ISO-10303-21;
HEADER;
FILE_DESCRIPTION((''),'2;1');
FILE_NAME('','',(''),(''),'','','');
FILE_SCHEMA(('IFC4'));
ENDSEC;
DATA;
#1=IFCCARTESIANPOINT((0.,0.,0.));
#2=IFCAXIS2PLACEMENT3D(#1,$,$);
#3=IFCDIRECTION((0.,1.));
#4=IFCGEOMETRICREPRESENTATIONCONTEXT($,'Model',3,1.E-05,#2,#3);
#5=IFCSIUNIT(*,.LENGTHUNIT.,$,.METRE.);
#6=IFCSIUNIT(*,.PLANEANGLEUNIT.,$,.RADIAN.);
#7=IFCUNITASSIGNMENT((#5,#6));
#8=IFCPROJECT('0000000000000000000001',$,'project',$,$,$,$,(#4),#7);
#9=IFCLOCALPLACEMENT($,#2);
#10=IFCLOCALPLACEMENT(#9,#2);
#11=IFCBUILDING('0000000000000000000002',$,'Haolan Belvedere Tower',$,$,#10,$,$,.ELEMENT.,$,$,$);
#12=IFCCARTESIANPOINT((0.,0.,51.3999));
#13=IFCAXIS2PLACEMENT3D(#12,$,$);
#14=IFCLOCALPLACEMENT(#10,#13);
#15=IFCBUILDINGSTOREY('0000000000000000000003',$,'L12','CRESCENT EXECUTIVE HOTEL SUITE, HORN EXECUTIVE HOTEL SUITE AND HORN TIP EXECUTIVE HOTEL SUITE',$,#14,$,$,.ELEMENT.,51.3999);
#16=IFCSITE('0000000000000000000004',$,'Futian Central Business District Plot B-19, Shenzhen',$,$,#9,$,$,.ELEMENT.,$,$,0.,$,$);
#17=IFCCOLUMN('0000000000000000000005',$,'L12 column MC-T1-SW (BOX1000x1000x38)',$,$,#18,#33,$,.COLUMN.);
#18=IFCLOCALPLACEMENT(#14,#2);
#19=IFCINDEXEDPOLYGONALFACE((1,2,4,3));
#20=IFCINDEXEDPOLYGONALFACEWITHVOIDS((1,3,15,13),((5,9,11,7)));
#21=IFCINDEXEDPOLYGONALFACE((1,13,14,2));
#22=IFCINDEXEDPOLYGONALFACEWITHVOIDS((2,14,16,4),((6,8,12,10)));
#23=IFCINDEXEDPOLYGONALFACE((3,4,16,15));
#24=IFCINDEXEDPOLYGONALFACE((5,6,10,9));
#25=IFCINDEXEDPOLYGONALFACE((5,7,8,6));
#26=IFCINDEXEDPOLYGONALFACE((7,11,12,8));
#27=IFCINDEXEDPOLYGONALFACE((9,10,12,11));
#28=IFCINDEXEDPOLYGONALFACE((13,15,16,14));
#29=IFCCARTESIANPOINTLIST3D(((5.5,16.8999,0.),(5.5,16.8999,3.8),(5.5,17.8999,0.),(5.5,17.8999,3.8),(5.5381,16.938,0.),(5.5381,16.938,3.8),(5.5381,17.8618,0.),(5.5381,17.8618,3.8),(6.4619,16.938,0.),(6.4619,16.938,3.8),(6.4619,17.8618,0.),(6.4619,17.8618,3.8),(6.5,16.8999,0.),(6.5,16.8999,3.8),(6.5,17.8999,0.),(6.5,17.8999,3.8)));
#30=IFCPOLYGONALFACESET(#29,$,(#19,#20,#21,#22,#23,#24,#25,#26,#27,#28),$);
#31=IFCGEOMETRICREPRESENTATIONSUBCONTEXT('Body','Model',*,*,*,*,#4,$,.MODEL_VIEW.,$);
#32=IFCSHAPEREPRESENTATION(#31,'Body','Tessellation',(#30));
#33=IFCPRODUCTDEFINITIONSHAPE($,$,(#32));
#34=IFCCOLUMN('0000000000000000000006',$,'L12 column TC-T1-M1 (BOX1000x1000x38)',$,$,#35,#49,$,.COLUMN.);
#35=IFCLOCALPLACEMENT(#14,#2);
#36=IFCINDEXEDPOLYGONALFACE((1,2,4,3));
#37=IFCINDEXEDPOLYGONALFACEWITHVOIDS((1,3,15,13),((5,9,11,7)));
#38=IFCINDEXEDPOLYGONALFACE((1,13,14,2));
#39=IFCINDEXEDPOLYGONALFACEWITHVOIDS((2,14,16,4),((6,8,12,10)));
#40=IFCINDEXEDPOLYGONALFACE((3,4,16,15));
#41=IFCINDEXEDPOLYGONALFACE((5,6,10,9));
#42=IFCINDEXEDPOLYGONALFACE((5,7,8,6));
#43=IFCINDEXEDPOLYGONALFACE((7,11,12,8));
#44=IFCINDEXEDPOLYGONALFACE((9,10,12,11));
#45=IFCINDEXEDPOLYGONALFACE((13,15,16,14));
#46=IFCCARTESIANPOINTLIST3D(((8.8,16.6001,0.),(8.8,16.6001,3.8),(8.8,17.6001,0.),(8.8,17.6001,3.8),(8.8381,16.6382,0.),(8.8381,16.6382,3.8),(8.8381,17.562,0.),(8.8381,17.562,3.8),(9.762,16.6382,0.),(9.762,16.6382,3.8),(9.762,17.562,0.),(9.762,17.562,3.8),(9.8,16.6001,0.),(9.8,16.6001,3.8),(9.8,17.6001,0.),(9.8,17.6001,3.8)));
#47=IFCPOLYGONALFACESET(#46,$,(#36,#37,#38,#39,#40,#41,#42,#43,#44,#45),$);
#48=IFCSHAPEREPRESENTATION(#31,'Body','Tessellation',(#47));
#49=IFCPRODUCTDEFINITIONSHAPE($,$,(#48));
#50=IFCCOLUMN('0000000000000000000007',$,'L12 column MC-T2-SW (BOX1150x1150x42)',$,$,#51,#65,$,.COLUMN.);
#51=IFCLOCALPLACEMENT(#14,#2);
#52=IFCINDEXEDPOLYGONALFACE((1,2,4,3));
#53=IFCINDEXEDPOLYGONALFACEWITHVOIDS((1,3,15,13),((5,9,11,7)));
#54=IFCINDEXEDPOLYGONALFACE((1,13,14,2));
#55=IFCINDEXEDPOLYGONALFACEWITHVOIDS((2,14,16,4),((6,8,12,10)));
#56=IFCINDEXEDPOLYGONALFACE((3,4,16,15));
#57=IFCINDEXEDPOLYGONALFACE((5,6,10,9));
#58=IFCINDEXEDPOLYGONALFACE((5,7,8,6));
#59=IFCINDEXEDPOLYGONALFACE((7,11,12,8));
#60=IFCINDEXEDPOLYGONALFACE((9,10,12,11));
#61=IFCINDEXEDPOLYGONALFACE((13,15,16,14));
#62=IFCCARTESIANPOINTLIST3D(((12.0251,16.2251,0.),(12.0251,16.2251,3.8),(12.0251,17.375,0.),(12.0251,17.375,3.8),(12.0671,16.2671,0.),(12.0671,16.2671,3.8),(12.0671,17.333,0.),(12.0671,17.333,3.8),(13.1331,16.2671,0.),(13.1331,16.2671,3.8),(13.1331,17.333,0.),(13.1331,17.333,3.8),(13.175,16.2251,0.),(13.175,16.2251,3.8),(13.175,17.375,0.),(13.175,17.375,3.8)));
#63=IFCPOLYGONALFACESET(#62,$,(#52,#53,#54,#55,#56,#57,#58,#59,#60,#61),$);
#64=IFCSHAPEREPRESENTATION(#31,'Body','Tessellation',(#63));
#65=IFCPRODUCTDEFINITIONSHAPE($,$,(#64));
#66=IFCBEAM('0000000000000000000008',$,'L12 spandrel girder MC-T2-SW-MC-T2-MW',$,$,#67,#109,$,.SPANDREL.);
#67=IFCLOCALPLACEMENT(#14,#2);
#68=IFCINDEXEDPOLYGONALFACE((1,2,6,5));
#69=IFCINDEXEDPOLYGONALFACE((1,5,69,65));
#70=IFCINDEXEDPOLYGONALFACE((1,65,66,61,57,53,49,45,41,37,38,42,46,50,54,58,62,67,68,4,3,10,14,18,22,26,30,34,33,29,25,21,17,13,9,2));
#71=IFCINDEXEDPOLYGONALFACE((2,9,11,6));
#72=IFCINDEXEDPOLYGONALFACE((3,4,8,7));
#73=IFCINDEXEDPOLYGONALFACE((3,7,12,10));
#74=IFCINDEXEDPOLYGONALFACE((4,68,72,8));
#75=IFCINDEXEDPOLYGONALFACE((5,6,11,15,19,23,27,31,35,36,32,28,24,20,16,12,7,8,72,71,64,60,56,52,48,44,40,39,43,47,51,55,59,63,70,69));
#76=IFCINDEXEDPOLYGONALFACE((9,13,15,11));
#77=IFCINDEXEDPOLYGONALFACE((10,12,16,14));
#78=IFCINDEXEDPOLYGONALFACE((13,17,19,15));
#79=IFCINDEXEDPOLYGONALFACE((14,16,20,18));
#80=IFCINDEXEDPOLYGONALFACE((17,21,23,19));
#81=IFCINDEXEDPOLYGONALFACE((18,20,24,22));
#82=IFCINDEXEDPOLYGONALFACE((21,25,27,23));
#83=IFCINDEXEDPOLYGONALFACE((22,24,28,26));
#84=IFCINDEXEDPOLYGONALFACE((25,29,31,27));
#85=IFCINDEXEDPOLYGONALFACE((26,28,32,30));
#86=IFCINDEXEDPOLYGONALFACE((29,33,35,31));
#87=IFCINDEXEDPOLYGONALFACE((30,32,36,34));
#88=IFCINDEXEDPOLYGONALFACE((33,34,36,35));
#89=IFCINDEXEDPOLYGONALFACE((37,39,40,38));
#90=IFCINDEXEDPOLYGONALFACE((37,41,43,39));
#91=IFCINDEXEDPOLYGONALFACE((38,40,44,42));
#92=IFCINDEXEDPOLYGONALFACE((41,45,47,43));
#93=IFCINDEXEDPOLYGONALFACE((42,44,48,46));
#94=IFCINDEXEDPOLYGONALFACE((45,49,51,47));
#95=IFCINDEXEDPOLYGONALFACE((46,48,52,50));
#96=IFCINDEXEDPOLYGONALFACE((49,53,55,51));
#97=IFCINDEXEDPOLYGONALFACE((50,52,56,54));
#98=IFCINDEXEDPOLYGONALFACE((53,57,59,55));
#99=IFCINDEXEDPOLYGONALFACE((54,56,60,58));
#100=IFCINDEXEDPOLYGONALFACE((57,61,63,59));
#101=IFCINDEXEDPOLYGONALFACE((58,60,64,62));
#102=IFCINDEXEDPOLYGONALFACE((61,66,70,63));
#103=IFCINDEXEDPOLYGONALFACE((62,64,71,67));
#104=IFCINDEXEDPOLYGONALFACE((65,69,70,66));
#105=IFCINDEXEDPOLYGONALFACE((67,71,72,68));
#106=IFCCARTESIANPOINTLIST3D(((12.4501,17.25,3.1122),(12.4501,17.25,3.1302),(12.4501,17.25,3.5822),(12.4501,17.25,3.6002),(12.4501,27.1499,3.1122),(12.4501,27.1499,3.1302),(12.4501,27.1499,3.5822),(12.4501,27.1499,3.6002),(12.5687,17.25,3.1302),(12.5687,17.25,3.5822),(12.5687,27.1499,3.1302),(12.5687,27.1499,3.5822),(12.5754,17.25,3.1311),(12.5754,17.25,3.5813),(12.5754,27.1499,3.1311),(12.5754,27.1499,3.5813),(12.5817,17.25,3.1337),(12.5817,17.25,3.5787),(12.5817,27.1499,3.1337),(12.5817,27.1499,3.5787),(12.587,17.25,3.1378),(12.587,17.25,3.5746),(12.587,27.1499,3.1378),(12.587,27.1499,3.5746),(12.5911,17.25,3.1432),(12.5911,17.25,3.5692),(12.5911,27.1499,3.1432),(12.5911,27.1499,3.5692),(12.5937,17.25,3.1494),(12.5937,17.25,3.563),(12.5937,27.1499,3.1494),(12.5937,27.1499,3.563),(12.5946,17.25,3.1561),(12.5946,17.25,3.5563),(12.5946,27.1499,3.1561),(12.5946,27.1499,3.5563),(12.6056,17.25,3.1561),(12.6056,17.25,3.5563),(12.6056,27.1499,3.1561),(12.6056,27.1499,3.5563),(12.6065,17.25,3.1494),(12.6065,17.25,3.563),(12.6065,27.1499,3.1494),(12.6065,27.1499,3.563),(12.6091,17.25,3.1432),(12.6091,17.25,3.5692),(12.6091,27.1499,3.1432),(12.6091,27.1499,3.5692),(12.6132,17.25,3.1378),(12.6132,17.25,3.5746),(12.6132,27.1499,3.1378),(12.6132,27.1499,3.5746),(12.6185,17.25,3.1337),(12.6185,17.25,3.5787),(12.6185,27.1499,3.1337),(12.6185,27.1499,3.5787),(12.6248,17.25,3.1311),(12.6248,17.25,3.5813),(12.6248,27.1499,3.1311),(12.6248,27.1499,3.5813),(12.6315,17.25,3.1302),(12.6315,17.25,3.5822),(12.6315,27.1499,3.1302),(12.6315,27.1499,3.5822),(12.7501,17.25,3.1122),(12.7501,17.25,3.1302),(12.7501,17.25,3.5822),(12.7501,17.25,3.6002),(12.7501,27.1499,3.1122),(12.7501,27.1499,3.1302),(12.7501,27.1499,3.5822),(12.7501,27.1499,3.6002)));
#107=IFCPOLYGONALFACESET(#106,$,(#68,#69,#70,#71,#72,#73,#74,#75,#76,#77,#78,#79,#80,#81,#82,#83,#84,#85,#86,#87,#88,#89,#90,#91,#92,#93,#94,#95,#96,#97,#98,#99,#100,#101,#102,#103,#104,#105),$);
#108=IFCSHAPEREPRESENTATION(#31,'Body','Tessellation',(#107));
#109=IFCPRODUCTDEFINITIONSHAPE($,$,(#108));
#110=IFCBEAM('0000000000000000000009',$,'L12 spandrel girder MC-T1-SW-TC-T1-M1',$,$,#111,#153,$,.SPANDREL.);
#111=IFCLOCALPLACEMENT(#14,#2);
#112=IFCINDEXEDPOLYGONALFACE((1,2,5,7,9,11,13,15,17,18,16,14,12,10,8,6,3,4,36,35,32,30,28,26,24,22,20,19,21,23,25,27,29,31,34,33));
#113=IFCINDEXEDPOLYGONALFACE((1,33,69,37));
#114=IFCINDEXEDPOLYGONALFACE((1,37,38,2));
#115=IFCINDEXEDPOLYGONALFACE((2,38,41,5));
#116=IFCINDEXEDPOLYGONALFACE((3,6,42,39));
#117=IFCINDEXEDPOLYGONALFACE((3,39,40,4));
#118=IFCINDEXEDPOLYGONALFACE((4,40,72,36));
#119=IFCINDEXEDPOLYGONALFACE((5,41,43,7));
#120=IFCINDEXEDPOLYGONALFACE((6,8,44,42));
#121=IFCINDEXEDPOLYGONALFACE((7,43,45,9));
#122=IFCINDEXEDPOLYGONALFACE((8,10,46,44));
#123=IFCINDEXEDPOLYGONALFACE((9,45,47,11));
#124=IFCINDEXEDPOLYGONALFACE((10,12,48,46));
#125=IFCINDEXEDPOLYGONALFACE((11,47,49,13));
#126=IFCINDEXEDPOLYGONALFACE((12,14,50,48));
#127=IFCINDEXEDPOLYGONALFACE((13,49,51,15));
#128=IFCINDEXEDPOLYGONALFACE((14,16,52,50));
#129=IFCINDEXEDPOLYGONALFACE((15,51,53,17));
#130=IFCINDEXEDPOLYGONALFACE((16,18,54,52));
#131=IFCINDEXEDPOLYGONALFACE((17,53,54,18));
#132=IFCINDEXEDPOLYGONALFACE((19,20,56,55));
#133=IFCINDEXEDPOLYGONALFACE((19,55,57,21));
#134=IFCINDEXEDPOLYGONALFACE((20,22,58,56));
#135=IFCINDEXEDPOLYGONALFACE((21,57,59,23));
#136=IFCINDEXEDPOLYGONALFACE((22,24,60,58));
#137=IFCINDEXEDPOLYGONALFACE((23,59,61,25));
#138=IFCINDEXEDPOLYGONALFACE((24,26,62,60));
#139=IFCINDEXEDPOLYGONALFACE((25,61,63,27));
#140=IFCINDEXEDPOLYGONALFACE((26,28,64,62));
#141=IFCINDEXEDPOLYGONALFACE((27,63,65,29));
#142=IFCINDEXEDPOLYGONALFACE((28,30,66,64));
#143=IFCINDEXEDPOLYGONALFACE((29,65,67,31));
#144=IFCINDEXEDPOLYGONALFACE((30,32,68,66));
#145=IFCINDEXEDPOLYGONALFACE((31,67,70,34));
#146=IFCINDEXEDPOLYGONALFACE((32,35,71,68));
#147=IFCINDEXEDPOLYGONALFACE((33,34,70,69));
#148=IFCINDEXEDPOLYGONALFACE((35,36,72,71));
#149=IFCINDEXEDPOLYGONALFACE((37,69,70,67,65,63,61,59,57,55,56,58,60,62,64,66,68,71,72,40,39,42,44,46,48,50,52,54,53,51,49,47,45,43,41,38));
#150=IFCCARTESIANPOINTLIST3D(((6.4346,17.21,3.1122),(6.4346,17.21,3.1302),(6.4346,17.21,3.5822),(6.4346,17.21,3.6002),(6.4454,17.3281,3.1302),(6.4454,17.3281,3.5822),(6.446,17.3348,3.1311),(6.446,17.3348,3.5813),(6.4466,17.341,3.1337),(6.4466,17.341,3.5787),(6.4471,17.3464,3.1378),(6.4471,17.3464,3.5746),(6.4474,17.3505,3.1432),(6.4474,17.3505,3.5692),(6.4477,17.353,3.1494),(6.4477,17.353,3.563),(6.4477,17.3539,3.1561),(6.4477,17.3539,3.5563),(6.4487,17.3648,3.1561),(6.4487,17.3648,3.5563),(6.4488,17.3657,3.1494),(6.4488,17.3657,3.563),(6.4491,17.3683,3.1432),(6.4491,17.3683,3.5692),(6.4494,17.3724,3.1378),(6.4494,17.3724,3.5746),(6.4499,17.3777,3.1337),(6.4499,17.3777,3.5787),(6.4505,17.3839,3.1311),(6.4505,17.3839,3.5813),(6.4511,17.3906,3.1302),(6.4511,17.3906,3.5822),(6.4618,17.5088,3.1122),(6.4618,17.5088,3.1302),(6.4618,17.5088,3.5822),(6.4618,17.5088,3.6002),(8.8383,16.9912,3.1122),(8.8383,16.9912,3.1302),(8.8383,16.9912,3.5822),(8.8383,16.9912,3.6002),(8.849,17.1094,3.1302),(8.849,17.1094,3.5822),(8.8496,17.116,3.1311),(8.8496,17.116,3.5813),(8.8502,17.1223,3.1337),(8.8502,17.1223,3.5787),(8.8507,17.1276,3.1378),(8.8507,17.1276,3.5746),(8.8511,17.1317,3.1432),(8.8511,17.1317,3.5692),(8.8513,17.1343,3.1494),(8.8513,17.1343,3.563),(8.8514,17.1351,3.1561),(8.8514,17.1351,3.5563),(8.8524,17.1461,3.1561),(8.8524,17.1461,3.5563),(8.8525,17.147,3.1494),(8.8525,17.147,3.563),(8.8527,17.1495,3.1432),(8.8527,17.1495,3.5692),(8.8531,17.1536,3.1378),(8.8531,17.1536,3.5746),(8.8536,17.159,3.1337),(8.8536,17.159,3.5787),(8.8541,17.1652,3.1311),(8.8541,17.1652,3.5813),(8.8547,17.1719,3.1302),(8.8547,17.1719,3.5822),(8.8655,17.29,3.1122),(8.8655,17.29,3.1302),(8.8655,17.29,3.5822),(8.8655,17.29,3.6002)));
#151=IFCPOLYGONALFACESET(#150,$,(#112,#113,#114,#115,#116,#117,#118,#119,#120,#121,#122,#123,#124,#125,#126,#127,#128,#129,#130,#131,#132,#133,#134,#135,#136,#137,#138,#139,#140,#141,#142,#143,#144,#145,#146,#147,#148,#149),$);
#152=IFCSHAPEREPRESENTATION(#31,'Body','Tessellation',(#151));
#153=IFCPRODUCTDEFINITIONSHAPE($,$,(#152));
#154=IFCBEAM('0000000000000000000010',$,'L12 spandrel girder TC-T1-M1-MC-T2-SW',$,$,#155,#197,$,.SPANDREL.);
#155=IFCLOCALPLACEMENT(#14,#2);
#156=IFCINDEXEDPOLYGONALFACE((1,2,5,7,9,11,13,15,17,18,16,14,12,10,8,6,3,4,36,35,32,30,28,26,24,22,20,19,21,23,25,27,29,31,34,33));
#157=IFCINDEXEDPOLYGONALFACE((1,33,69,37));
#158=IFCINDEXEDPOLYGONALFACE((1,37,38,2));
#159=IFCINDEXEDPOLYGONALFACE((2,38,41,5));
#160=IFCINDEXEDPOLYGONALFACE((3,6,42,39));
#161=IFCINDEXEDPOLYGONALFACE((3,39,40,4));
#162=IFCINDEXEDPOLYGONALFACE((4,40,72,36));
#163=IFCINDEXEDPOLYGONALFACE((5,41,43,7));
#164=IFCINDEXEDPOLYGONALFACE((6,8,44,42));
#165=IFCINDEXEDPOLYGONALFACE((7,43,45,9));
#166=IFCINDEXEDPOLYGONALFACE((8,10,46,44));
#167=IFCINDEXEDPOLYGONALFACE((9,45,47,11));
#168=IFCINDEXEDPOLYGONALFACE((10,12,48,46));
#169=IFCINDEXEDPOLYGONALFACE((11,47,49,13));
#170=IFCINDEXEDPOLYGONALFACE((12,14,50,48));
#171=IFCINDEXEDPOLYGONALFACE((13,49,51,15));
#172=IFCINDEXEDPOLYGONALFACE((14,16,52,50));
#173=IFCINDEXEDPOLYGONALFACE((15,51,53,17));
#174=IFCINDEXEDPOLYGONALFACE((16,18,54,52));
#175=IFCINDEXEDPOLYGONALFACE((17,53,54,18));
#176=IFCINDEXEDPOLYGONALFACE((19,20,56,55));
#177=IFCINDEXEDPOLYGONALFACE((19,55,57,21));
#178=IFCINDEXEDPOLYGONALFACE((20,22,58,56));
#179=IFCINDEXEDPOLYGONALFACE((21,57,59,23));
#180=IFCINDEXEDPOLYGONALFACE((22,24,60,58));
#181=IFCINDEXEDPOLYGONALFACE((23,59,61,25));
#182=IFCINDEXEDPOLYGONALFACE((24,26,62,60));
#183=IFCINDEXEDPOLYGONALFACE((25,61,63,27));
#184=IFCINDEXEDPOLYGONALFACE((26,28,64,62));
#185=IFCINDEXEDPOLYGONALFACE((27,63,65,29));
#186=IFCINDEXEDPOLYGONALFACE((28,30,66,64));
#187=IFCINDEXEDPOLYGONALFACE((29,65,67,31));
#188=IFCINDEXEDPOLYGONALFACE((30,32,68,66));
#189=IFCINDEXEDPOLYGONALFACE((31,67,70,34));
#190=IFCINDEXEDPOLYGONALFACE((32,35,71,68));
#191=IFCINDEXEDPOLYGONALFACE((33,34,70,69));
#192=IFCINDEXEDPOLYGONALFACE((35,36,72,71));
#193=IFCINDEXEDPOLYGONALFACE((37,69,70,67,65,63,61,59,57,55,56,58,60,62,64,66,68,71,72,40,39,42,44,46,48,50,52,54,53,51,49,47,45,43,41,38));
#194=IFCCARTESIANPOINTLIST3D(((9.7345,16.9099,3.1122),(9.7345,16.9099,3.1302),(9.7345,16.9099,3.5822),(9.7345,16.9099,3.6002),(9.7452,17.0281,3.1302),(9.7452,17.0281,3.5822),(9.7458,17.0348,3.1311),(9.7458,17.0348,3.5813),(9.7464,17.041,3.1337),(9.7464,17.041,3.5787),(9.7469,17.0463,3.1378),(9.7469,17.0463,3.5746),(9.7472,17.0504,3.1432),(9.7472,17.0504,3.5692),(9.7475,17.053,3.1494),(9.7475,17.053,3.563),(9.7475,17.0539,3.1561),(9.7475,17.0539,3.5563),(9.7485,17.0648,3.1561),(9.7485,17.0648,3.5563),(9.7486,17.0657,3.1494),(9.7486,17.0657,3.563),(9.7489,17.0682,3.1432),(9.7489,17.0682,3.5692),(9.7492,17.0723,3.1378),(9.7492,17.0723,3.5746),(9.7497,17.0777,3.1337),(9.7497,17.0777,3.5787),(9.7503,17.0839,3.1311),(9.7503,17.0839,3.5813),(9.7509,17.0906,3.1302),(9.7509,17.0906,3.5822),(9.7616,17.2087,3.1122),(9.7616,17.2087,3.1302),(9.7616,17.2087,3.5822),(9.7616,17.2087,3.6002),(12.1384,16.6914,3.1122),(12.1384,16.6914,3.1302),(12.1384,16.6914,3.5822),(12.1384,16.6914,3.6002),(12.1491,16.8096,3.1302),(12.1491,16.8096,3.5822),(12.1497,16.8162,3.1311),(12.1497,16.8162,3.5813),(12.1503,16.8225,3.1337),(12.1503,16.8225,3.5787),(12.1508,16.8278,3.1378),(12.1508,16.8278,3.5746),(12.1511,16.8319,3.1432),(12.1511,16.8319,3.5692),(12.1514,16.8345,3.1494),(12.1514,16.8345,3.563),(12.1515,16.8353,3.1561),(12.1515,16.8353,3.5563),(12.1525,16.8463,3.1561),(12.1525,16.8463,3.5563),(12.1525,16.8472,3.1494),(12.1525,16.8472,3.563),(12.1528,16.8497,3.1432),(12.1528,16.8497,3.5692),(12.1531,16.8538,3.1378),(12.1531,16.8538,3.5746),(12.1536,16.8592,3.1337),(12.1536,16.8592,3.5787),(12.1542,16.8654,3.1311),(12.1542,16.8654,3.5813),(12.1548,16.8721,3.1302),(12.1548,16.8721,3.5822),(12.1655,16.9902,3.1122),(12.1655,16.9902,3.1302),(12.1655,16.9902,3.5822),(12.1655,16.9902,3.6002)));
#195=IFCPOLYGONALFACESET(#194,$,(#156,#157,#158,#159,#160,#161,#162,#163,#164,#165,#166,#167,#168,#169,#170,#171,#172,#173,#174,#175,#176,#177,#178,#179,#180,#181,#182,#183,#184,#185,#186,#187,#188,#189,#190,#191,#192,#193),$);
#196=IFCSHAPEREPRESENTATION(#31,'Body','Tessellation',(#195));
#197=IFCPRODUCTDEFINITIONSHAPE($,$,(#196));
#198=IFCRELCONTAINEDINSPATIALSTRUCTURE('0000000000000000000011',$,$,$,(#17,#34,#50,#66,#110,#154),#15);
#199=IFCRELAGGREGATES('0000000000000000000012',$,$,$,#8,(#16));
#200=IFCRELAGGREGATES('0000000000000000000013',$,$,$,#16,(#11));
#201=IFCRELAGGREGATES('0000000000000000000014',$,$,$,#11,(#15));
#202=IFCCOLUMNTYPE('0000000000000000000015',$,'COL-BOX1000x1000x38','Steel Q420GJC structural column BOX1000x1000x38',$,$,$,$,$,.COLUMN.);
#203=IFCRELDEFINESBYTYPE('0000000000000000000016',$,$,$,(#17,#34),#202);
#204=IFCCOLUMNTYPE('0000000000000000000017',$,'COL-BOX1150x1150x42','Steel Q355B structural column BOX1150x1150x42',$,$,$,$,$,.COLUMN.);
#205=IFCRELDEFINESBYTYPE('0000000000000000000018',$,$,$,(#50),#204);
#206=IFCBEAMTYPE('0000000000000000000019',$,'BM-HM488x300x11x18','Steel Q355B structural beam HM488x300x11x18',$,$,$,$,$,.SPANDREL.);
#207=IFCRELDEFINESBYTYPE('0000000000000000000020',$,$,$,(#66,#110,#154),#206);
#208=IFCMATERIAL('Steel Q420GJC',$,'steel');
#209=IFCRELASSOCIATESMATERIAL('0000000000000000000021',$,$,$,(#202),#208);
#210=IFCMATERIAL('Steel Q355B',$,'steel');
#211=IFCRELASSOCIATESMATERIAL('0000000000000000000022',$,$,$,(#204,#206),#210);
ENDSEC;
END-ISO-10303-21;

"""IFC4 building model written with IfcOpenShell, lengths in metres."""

from ifc_helpers import new_model, si_unit, direction, frame, origin, origin_2d, place, context, subcontext, project, spatial, hollow_rectangle, i_section, extrude, material, material_profile, profile_set, type_object, element, save


model = new_model("IFC4")

# Units and contexts
model_context = context("Model", 3, precision=1e-05, world=origin(), true_north=direction((0.0, 1.0)))
body_context = subcontext(model_context, "Body", "Model", "MODEL_VIEW")
ifc_project = project(units=[si_unit("LENGTHUNIT", "METRE"), si_unit("PLANEANGLEUNIT", "RADIAN")], contexts=[model_context])

# Site, building, storey
site_placement = place(None, origin())
site = spatial("IfcSite", under=ifc_project, at=site_placement, Name="Futian Central Business District Plot B-19, Shenzhen", CompositionType="ELEMENT", RefElevation=0.0)
building_placement = place(site_placement, origin())
building = spatial("IfcBuilding", under=site, at=building_placement, Name="Haolan Belvedere Tower", CompositionType="ELEMENT")
storey_placement = place(building_placement, frame((0.0, 0.0, 51.3999)))
storey = spatial("IfcBuildingStorey", under=building, at=storey_placement, Name="L12", Description="CRESCENT EXECUTIVE HOTEL SUITE, HORN EXECUTIVE HOTEL SUITE AND HORN TIP EXECUTIVE HOTEL SUITE", CompositionType="ELEMENT", Elevation=51.3999)

# Columns
ifc_material_1 = material(Name="Steel Q420GJC", Category="steel")
ifc_material_profile_1 = material_profile(ifc_material_1, hollow_rectangle(XDim=1.0, YDim=1.0, WallThickness=0.0381, at=origin_2d()), Name="Steel Q420GJC")
ifc_profile_set_1 = profile_set([ifc_material_profile_1], Name="Steel Q420GJC")
column_type_1 = type_object("IfcColumnType", Name="COL-BOX1000x1000x38", Description="Steel Q420GJC structural column BOX1000x1000x38", PredefinedType="COLUMN", material=ifc_profile_set_1)
for number, where, z_axis, x_axis, name in (
    (1, (6.0, 17.3999, 0.0), (0.0, 0.0, 1.0), (1.0, 0.0, 0.0), "L12 column MC-T1-SW (BOX1000x1000x38)"),
    (2, (9.3, 17.1001, 0.0), (0.0, 0.0, 1.0), (1.0, 0.0, 0.0), "L12 column TC-T1-M1 (BOX1000x1000x38)"),
):
    element("IfcColumn", number, at=place(storey_placement, frame(where, z_axis=z_axis, x_axis=x_axis)), inside=storey, type_object=column_type_1, Name=name, PredefinedType="COLUMN", context=body_context, shape_type="SweptSolid", body=[
        extrude(hollow_rectangle(XDim=1.0, YDim=1.0, WallThickness=0.0381, at=origin_2d()), origin(), (0.0, 0.0, 1.0), 3.8),
    ])
ifc_material_2 = material(Name="Steel Q355B", Category="steel")
ifc_material_profile_2 = material_profile(ifc_material_2, hollow_rectangle(XDim=1.1499, YDim=1.1499, WallThickness=0.042, at=origin_2d()), Name="Steel Q355B")
ifc_profile_set_2 = profile_set([ifc_material_profile_2], Name="Steel Q355B")
column_type_2 = type_object("IfcColumnType", Name="COL-BOX1150x1150x42", Description="Steel Q355B structural column BOX1150x1150x42", PredefinedType="COLUMN", material=ifc_profile_set_2)
column_placement = place(storey_placement, frame((12.6001, 16.8, 0.0), z_axis=(0.0, 0.0, 1.0), x_axis=(1.0, 0.0, 0.0)))
element("IfcColumn", 3, at=column_placement, inside=storey, type_object=column_type_2, Name="L12 column MC-T2-SW (BOX1150x1150x42)", PredefinedType="COLUMN", context=body_context, shape_type="SweptSolid", body=[
    extrude(hollow_rectangle(XDim=1.1499, YDim=1.1499, WallThickness=0.042, at=origin_2d()), origin(), (0.0, 0.0, 1.0), 3.8),
])

# Beams
ifc_material_profile_3 = material_profile(ifc_material_2, i_section(OverallWidth=0.3, OverallDepth=0.488, WebThickness=0.011, FlangeThickness=0.0181, FilletRadius=0.0259, at=origin_2d()), Name="Steel Q355B")
ifc_profile_set_3 = profile_set([ifc_material_profile_3], Name="Steel Q355B")
beam_type = type_object("IfcBeamType", Name="BM-HM488x300x11x18", Description="Steel Q355B structural beam HM488x300x11x18", PredefinedType="SPANDREL", material=ifc_profile_set_3)
beam_1_placement = place(storey_placement, frame((12.6001, 17.25, 3.3562), z_axis=(0.0, 1.0, 0.0), x_axis=(-1.0, 0.0, 0.0)))
element("IfcBeam", 4, at=beam_1_placement, inside=storey, type_object=beam_type, Name="L12 spandrel girder MC-T2-SW-MC-T2-MW", PredefinedType="SPANDREL", context=body_context, shape_type="SweptSolid", body=[
    extrude(i_section(OverallWidth=0.3, OverallDepth=0.488, WebThickness=0.011, FlangeThickness=0.0181, FilletRadius=0.0259, at=origin_2d()), origin(), (0.0, 0.0, 1.0), 9.8999),
])
beam_2_placement = place(storey_placement, frame((6.4482, 17.3594, 3.3562), z_axis=(0.995884, -0.090636, 0.0), x_axis=(0.090636, 0.995884, 0.0)))
element("IfcBeam", 5, at=beam_2_placement, inside=storey, type_object=beam_type, Name="L12 spandrel girder MC-T1-SW-TC-T1-M1", PredefinedType="SPANDREL", context=body_context, shape_type="SweptSolid", body=[
    extrude(i_section(OverallWidth=0.3, OverallDepth=0.488, WebThickness=0.011, FlangeThickness=0.0181, FilletRadius=0.0259, at=origin_2d()), origin(), (0.0, 0.0, 1.0), 2.4136),
])
beam_3_placement = place(storey_placement, frame((9.748, 17.0593, 3.3562), z_axis=(0.995894, -0.090527, 0.0), x_axis=(0.090527, 0.995894, 0.0)))
element("IfcBeam", 6, at=beam_3_placement, inside=storey, type_object=beam_type, Name="L12 spandrel girder TC-T1-M1-MC-T2-SW", PredefinedType="SPANDREL", context=body_context, shape_type="SweptSolid", body=[
    extrude(i_section(OverallWidth=0.3, OverallDepth=0.488, WebThickness=0.011, FlangeThickness=0.0181, FilletRadius=0.0259, at=origin_2d()), origin(), (0.0, 0.0, 1.0), 2.4138),
])

save(model, "model.ifc")
